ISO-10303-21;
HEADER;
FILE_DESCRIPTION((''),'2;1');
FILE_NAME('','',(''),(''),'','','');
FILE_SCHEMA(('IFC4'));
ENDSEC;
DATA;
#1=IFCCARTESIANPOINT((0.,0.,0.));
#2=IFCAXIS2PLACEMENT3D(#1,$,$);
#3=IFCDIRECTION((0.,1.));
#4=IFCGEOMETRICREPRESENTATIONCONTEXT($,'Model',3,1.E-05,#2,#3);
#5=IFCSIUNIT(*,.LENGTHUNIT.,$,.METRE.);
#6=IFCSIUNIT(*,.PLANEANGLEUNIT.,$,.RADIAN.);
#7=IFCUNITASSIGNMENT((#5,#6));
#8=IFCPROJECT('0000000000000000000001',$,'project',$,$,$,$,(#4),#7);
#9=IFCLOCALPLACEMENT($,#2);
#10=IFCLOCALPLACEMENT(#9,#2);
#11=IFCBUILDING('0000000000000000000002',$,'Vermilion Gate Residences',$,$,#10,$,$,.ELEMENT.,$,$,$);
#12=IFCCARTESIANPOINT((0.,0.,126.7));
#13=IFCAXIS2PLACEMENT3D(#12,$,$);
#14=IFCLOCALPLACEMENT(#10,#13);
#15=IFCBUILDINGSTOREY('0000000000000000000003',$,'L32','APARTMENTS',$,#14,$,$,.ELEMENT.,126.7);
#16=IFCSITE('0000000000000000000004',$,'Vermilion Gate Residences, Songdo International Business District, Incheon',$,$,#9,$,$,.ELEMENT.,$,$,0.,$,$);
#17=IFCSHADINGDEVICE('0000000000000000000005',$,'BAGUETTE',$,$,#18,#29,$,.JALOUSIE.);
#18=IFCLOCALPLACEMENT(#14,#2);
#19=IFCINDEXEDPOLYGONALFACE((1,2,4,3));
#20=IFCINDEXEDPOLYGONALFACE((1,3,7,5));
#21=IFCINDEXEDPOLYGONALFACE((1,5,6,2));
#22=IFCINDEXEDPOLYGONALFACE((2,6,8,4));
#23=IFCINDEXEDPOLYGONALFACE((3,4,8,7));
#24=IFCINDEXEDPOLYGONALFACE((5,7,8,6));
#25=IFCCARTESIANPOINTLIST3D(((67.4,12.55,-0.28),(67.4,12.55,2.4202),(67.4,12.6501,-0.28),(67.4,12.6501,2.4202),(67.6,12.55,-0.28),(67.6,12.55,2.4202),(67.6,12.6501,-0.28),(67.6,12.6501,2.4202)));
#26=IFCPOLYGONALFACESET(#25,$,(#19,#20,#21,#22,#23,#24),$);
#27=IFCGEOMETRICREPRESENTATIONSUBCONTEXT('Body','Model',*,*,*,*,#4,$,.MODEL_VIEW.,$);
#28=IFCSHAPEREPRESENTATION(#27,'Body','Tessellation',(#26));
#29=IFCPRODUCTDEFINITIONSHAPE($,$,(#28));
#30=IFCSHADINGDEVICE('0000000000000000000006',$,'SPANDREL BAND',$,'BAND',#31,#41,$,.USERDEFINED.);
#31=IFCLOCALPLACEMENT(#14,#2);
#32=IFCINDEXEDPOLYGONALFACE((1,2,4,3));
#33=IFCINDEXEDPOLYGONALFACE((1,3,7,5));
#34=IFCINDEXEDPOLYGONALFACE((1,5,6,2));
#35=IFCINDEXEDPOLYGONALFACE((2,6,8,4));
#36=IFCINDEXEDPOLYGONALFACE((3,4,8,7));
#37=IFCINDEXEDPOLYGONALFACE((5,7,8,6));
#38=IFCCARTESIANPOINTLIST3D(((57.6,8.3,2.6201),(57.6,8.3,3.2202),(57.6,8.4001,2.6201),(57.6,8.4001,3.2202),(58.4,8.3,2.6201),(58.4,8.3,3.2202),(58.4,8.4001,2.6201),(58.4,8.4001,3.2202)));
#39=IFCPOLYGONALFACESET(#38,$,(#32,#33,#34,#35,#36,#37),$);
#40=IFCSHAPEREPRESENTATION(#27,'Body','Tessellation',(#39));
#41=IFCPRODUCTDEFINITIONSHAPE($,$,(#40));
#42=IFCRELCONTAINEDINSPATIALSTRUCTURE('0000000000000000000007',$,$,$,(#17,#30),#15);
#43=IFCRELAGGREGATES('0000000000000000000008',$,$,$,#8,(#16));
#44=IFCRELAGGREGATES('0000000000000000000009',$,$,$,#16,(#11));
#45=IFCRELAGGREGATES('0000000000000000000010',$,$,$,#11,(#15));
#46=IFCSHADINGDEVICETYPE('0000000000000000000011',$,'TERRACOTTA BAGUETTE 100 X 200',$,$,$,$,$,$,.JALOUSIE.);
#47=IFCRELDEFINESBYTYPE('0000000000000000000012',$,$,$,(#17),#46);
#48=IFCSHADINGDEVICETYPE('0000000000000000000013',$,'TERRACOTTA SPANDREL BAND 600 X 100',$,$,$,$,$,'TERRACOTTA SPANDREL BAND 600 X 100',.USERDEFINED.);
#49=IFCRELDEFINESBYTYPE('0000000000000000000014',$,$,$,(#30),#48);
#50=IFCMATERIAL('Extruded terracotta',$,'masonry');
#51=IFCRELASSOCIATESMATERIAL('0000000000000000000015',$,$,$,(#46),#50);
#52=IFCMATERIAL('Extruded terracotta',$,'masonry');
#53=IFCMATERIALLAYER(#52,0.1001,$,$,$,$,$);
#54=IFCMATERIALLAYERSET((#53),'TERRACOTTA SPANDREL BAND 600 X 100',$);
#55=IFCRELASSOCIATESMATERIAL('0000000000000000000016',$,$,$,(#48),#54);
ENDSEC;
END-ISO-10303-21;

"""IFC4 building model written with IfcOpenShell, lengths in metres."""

from ifc_helpers import new_model, si_unit, direction, frame, origin, origin_2d, place, context, subcontext, project, spatial, rectangle, extrude, material, layer, layer_set, material_profile, profile_set, type_object, element, save


model = new_model("IFC4")

# Units and contexts
model_context = context("Model", 3, precision=1e-05, world=origin(), true_north=direction((0.0, 1.0)))
body_context = subcontext(model_context, "Body", "Model", "MODEL_VIEW")
ifc_project = project(units=[si_unit("LENGTHUNIT", "METRE"), si_unit("PLANEANGLEUNIT", "RADIAN")], contexts=[model_context])

# Site, building, storey
site_placement = place(None, origin())
site = spatial("IfcSite", under=ifc_project, at=site_placement, Name="Vermilion Gate Residences, Songdo International Business District, Incheon", CompositionType="ELEMENT", RefElevation=0.0)
building_placement = place(site_placement, origin())
building = spatial("IfcBuilding", under=site, at=building_placement, Name="Vermilion Gate Residences", CompositionType="ELEMENT")
storey_placement = place(building_placement, frame((0.0, 0.0, 126.7)))
storey = spatial("IfcBuildingStorey", under=building, at=storey_placement, Name="L32", Description="APARTMENTS", CompositionType="ELEMENT", Elevation=126.7)

# Shading devices
ifc_material_1 = material(Name="Extruded terracotta", Category="masonry")
ifc_material_profile_1 = material_profile(ifc_material_1, rectangle(XDim=0.2, YDim=0.1001, at=origin_2d()), Name="BAGUETTE 100 X 200")
ifc_profile_set_1 = profile_set([ifc_material_profile_1], Name="Extruded terracotta")
shading_device_type_1 = type_object("IfcShadingDeviceType", Name="TERRACOTTA BAGUETTE 100 X 200", PredefinedType="JALOUSIE", material=ifc_profile_set_1)
for number, where, z_axis, x_axis, name in (
    (1, (67.5, 12.6001, -0.28), (0.0, 0.0, 1.0), (-1.0, 0.0, 0.0), "BAGUETTE"),
):
    element("IfcShadingDevice", number, at=place(storey_placement, frame(where, z_axis=z_axis, x_axis=x_axis)), inside=storey, type_object=shading_device_type_1, Name=name, PredefinedType="JALOUSIE", context=body_context, shape_type="SweptSolid", body=[
        extrude(rectangle(XDim=0.2, YDim=0.1001, at=origin_2d()), origin(), (0.0, 0.0, 1.0), 2.7002),
    ])
ifc_material_2 = material(Name="Extruded terracotta", Category="masonry")
ifc_layer_1 = layer(ifc_material_2, 0.1001)
ifc_layer_set_1 = layer_set([ifc_layer_1], Name="TERRACOTTA SPANDREL BAND 600 X 100")
shading_device_type_2 = type_object("IfcShadingDeviceType", Name="TERRACOTTA SPANDREL BAND 600 X 100", ElementType="TERRACOTTA SPANDREL BAND 600 X 100", PredefinedType="USERDEFINED", material=ifc_layer_set_1)
shading_device_placement = place(storey_placement, frame((58.0, 8.3501, 2.6201), z_axis=(0.0, 0.0, 1.0), x_axis=(1.0, 0.0, 0.0)))
element("IfcShadingDevice", 2, at=shading_device_placement, inside=storey, type_object=shading_device_type_2, Name="SPANDREL BAND", ObjectType="BAND", PredefinedType="USERDEFINED", context=body_context, shape_type="SweptSolid", body=[
    extrude(rectangle(XDim=0.8, YDim=0.1001, at=origin_2d()), origin(), (0.0, 0.0, 1.0), 0.6001),
])

save(model, "model.ifc")
